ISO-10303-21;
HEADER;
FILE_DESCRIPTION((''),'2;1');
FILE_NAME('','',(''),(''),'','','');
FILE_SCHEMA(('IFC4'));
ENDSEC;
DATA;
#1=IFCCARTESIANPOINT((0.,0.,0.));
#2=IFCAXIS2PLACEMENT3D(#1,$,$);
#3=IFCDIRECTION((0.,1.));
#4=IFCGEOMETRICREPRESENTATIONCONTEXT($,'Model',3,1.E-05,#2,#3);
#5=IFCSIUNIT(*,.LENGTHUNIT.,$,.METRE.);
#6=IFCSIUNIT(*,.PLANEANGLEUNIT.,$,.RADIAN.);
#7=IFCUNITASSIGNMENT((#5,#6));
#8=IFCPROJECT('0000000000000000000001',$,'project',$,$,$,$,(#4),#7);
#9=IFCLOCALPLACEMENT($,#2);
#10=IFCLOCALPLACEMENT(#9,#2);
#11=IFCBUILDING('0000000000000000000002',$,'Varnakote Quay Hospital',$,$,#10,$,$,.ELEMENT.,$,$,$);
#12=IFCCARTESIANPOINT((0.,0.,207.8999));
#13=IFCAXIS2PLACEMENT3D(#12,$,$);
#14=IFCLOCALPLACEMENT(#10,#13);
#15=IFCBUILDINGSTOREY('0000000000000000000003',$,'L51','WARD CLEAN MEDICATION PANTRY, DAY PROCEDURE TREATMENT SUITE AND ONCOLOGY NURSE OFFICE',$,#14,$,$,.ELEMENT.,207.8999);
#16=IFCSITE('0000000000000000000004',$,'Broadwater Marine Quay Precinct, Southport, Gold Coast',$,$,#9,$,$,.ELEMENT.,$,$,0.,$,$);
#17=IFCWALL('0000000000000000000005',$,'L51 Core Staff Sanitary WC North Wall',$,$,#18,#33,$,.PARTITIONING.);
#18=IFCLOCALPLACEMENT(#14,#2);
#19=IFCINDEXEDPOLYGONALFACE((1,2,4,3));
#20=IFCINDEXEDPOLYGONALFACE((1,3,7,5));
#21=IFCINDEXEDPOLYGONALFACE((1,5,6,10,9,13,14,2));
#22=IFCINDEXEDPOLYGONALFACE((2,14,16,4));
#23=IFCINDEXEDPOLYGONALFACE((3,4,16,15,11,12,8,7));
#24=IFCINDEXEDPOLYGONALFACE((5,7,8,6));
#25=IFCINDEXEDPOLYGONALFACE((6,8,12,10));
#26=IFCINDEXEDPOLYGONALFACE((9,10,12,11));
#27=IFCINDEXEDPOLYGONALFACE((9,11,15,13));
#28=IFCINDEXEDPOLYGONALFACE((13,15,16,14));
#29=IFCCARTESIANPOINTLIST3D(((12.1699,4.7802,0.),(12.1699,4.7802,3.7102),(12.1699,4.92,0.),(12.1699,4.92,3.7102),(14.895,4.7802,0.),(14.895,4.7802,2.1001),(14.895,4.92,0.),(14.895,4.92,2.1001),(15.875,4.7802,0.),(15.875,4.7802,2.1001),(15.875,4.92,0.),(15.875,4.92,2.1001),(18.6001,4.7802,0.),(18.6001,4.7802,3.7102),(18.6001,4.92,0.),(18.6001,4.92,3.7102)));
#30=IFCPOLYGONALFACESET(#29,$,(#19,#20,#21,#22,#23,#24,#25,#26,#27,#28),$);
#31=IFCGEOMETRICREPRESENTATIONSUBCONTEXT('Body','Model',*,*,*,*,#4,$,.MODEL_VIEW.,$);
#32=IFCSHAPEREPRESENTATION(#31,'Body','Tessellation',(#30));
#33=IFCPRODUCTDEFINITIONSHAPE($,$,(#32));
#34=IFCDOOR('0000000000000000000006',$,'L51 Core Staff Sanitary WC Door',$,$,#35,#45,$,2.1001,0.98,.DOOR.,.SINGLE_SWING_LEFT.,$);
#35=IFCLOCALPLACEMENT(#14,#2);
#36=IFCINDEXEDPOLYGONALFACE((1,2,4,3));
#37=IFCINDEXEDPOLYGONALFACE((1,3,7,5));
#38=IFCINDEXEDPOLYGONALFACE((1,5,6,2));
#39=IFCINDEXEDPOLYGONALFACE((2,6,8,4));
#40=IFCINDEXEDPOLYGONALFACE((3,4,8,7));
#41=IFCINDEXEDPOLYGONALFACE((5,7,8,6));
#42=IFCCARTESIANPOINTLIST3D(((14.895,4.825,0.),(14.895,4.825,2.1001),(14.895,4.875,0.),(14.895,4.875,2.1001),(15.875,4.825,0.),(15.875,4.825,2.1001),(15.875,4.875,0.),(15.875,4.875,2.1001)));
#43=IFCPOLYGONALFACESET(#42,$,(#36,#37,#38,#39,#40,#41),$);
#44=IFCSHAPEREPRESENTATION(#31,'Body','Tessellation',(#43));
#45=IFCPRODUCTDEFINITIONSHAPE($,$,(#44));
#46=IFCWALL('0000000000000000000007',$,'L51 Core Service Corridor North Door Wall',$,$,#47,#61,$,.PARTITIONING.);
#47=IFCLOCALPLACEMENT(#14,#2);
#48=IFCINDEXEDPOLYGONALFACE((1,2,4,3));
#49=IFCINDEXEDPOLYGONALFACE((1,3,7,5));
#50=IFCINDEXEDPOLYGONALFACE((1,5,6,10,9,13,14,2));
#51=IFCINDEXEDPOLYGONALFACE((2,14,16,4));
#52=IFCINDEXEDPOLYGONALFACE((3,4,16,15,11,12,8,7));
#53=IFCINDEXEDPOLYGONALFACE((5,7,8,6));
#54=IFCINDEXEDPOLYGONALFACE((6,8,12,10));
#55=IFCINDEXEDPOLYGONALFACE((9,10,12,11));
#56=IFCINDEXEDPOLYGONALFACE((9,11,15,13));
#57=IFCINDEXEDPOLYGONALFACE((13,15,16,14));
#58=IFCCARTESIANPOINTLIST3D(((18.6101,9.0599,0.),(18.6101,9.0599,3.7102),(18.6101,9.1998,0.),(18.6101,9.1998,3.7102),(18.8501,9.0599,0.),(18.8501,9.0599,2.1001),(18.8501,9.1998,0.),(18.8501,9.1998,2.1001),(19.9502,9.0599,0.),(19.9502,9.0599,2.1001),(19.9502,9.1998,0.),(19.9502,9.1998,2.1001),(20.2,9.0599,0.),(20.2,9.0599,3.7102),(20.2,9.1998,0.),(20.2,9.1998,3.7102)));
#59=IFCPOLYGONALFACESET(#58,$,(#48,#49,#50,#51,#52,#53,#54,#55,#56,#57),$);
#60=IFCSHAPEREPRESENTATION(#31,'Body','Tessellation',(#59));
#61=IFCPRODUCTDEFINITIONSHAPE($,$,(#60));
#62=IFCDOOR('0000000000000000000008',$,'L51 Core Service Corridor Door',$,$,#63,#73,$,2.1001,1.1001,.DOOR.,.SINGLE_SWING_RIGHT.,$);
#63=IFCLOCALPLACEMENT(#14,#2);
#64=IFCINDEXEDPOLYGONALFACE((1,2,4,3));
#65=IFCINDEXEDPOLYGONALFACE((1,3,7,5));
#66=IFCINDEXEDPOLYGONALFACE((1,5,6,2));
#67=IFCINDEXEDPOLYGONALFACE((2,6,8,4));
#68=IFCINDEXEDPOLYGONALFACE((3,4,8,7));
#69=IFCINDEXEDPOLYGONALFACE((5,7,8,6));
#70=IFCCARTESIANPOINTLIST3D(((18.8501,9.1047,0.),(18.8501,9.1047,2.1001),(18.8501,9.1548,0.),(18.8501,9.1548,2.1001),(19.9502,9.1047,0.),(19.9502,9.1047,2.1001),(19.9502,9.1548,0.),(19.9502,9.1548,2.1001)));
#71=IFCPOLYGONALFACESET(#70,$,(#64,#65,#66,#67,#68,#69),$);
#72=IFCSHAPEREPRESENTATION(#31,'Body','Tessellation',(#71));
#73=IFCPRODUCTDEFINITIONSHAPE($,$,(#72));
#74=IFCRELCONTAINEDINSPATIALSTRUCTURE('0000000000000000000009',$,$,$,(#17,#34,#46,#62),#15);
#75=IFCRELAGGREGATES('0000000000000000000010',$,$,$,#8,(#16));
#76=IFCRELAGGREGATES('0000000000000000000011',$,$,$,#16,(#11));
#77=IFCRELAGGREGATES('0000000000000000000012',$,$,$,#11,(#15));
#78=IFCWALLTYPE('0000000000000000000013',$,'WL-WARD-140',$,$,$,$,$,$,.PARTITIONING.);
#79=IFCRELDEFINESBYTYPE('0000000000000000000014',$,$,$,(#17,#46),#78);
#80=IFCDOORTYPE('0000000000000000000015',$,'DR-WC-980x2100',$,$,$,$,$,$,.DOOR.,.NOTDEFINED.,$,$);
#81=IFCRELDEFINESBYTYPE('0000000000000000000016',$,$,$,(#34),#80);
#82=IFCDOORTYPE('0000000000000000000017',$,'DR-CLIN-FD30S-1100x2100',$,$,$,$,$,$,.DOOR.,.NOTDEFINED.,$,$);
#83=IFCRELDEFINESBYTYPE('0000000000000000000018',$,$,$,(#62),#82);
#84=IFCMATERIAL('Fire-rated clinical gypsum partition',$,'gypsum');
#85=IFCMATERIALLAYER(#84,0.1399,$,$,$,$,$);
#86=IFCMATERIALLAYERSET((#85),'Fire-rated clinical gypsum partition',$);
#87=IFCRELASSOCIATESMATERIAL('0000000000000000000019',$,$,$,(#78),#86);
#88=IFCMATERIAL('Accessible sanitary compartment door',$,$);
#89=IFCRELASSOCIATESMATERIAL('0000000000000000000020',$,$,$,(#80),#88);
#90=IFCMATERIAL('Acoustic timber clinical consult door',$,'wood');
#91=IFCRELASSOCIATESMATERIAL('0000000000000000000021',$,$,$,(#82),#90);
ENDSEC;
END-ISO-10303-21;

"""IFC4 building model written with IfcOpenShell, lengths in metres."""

from ifc_helpers import new_model, si_unit, direction, frame, frame_2d, origin, place, context, subcontext, project, spatial, rectangle, extrude, material, layer, layer_set, type_object, element, fill, save


model = new_model("IFC4")

# Units and contexts
model_context = context("Model", 3, precision=1e-05, world=origin(), true_north=direction((0.0, 1.0)))
body_context = subcontext(model_context, "Body", "Model", "MODEL_VIEW")
ifc_project = project(units=[si_unit("LENGTHUNIT", "METRE"), si_unit("PLANEANGLEUNIT", "RADIAN")], contexts=[model_context])

# Site, building, storey
site_placement = place(None, origin())
site = spatial("IfcSite", under=ifc_project, at=site_placement, Name="Broadwater Marine Quay Precinct, Southport, Gold Coast", CompositionType="ELEMENT", RefElevation=0.0)
building_placement = place(site_placement, origin())
building = spatial("IfcBuilding", under=site, at=building_placement, Name="Varnakote Quay Hospital", CompositionType="ELEMENT")
storey_placement = place(building_placement, frame((0.0, 0.0, 207.8999)))
storey = spatial("IfcBuildingStorey", under=building, at=storey_placement, Name="L51", Description="WARD CLEAN MEDICATION PANTRY, DAY PROCEDURE TREATMENT SUITE AND ONCOLOGY NURSE OFFICE", CompositionType="ELEMENT", Elevation=207.8999)

# Walls, openings, doors
ifc_material_1 = material(Name="Fire-rated clinical gypsum partition", Category="gypsum")
ifc_layer_1 = layer(ifc_material_1, 0.1399)
ifc_layer_set_1 = layer_set([ifc_layer_1], Name="Fire-rated clinical gypsum partition")
wall_type_1 = type_object("IfcWallType", Name="WL-WARD-140", PredefinedType="PARTITIONING", material=ifc_layer_set_1)
wall_1_placement = place(storey_placement, frame((12.1699, 4.8501, 0.0), z_axis=(0.0, 0.0, 1.0), x_axis=(1.0, 0.0, 0.0)))
wall_1 = element("IfcWall", 1, at=wall_1_placement, inside=storey, type_object=wall_type_1, Name="L51 Core Staff Sanitary WC North Wall", PredefinedType="PARTITIONING", context=body_context, shape_type="SweptSolid", body=[
    extrude(rectangle(XDim=6.4302, YDim=0.1399, at=frame_2d((3.2151, 0.0))), origin(), (0.0, 0.0, 1.0), 3.7102),
])
opening_1_placement = place(wall_1_placement, frame((2.7251, 0.0, 0.0)))
opening_1 = element("IfcOpeningElement", 2, at=opening_1_placement, cuts=wall_1, PredefinedType="OPENING", context=body_context, shape_type="SweptSolid", body=[
    extrude(rectangle(XDim=0.98, YDim=2.1001, at=frame_2d((0.49, 1.05))), frame((0.0, 0.0798, 0.0), z_axis=(0.0, -1.0, 0.0), x_axis=(1.0, 0.0, 0.0)), (0.0, 0.0, 1.0), 0.1599),
])
ifc_material_2 = material(Name="Accessible sanitary compartment door")
door_type_1 = type_object("IfcDoorType", Name="DR-WC-980x2100", OperationType="NOTDEFINED", PredefinedType="DOOR", material=ifc_material_2)
door_1_placement = place(opening_1_placement, origin())
door_1 = element("IfcDoor", 3, at=door_1_placement, inside=storey, type_object=door_type_1, Name="L51 Core Staff Sanitary WC Door", OperationType="SINGLE_SWING_LEFT", OverallHeight=2.1001, OverallWidth=0.98, PredefinedType="DOOR", context=body_context, shape_type="SweptSolid", body=[
    extrude(rectangle(XDim=0.98, YDim=2.1001, at=frame_2d((0.49, 1.05))), frame((0.0, 0.0249, 0.0), z_axis=(0.0, -1.0, 0.0), x_axis=(1.0, 0.0, 0.0)), (0.0, 0.0, 1.0), 0.05),
])
fill(opening_1, door_1)
wall_2_placement = place(storey_placement, frame((18.6101, 9.1299, 0.0), z_axis=(0.0, 0.0, 1.0), x_axis=(1.0, 0.0, 0.0)))
wall_2 = element("IfcWall", 4, at=wall_2_placement, inside=storey, type_object=wall_type_1, Name="L51 Core Service Corridor North Door Wall", PredefinedType="PARTITIONING", context=body_context, shape_type="SweptSolid", body=[
    extrude(rectangle(XDim=1.5898, YDim=0.1399, at=frame_2d((0.7949, 0.0))), origin(), (0.0, 0.0, 1.0), 3.7102),
])
opening_2_placement = place(wall_2_placement, frame((0.24, 0.0, 0.0)))
opening_2 = element("IfcOpeningElement", 5, at=opening_2_placement, cuts=wall_2, PredefinedType="OPENING", context=body_context, shape_type="SweptSolid", body=[
    extrude(rectangle(XDim=1.1001, YDim=2.1001, at=frame_2d((0.55, 1.05))), frame((0.0, 0.0798, 0.0), z_axis=(0.0, -1.0, 0.0), x_axis=(1.0, 0.0, 0.0)), (0.0, 0.0, 1.0), 0.1599),
])
ifc_material_3 = material(Name="Acoustic timber clinical consult door", Category="wood")
door_type_2 = type_object("IfcDoorType", Name="DR-CLIN-FD30S-1100x2100", OperationType="NOTDEFINED", PredefinedType="DOOR", material=ifc_material_3)
door_2_placement = place(opening_2_placement, origin())
door_2 = element("IfcDoor", 6, at=door_2_placement, inside=storey, type_object=door_type_2, Name="L51 Core Service Corridor Door", OperationType="SINGLE_SWING_RIGHT", OverallHeight=2.1001, OverallWidth=1.1001, PredefinedType="DOOR", context=body_context, shape_type="SweptSolid", body=[
    extrude(rectangle(XDim=1.1001, YDim=2.1001, at=frame_2d((0.55, 1.05))), frame((0.0, 0.0249, 0.0), z_axis=(0.0, -1.0, 0.0), x_axis=(1.0, 0.0, 0.0)), (0.0, 0.0, 1.0), 0.05),
])
fill(opening_2, door_2)

save(model, "model.ifc")
